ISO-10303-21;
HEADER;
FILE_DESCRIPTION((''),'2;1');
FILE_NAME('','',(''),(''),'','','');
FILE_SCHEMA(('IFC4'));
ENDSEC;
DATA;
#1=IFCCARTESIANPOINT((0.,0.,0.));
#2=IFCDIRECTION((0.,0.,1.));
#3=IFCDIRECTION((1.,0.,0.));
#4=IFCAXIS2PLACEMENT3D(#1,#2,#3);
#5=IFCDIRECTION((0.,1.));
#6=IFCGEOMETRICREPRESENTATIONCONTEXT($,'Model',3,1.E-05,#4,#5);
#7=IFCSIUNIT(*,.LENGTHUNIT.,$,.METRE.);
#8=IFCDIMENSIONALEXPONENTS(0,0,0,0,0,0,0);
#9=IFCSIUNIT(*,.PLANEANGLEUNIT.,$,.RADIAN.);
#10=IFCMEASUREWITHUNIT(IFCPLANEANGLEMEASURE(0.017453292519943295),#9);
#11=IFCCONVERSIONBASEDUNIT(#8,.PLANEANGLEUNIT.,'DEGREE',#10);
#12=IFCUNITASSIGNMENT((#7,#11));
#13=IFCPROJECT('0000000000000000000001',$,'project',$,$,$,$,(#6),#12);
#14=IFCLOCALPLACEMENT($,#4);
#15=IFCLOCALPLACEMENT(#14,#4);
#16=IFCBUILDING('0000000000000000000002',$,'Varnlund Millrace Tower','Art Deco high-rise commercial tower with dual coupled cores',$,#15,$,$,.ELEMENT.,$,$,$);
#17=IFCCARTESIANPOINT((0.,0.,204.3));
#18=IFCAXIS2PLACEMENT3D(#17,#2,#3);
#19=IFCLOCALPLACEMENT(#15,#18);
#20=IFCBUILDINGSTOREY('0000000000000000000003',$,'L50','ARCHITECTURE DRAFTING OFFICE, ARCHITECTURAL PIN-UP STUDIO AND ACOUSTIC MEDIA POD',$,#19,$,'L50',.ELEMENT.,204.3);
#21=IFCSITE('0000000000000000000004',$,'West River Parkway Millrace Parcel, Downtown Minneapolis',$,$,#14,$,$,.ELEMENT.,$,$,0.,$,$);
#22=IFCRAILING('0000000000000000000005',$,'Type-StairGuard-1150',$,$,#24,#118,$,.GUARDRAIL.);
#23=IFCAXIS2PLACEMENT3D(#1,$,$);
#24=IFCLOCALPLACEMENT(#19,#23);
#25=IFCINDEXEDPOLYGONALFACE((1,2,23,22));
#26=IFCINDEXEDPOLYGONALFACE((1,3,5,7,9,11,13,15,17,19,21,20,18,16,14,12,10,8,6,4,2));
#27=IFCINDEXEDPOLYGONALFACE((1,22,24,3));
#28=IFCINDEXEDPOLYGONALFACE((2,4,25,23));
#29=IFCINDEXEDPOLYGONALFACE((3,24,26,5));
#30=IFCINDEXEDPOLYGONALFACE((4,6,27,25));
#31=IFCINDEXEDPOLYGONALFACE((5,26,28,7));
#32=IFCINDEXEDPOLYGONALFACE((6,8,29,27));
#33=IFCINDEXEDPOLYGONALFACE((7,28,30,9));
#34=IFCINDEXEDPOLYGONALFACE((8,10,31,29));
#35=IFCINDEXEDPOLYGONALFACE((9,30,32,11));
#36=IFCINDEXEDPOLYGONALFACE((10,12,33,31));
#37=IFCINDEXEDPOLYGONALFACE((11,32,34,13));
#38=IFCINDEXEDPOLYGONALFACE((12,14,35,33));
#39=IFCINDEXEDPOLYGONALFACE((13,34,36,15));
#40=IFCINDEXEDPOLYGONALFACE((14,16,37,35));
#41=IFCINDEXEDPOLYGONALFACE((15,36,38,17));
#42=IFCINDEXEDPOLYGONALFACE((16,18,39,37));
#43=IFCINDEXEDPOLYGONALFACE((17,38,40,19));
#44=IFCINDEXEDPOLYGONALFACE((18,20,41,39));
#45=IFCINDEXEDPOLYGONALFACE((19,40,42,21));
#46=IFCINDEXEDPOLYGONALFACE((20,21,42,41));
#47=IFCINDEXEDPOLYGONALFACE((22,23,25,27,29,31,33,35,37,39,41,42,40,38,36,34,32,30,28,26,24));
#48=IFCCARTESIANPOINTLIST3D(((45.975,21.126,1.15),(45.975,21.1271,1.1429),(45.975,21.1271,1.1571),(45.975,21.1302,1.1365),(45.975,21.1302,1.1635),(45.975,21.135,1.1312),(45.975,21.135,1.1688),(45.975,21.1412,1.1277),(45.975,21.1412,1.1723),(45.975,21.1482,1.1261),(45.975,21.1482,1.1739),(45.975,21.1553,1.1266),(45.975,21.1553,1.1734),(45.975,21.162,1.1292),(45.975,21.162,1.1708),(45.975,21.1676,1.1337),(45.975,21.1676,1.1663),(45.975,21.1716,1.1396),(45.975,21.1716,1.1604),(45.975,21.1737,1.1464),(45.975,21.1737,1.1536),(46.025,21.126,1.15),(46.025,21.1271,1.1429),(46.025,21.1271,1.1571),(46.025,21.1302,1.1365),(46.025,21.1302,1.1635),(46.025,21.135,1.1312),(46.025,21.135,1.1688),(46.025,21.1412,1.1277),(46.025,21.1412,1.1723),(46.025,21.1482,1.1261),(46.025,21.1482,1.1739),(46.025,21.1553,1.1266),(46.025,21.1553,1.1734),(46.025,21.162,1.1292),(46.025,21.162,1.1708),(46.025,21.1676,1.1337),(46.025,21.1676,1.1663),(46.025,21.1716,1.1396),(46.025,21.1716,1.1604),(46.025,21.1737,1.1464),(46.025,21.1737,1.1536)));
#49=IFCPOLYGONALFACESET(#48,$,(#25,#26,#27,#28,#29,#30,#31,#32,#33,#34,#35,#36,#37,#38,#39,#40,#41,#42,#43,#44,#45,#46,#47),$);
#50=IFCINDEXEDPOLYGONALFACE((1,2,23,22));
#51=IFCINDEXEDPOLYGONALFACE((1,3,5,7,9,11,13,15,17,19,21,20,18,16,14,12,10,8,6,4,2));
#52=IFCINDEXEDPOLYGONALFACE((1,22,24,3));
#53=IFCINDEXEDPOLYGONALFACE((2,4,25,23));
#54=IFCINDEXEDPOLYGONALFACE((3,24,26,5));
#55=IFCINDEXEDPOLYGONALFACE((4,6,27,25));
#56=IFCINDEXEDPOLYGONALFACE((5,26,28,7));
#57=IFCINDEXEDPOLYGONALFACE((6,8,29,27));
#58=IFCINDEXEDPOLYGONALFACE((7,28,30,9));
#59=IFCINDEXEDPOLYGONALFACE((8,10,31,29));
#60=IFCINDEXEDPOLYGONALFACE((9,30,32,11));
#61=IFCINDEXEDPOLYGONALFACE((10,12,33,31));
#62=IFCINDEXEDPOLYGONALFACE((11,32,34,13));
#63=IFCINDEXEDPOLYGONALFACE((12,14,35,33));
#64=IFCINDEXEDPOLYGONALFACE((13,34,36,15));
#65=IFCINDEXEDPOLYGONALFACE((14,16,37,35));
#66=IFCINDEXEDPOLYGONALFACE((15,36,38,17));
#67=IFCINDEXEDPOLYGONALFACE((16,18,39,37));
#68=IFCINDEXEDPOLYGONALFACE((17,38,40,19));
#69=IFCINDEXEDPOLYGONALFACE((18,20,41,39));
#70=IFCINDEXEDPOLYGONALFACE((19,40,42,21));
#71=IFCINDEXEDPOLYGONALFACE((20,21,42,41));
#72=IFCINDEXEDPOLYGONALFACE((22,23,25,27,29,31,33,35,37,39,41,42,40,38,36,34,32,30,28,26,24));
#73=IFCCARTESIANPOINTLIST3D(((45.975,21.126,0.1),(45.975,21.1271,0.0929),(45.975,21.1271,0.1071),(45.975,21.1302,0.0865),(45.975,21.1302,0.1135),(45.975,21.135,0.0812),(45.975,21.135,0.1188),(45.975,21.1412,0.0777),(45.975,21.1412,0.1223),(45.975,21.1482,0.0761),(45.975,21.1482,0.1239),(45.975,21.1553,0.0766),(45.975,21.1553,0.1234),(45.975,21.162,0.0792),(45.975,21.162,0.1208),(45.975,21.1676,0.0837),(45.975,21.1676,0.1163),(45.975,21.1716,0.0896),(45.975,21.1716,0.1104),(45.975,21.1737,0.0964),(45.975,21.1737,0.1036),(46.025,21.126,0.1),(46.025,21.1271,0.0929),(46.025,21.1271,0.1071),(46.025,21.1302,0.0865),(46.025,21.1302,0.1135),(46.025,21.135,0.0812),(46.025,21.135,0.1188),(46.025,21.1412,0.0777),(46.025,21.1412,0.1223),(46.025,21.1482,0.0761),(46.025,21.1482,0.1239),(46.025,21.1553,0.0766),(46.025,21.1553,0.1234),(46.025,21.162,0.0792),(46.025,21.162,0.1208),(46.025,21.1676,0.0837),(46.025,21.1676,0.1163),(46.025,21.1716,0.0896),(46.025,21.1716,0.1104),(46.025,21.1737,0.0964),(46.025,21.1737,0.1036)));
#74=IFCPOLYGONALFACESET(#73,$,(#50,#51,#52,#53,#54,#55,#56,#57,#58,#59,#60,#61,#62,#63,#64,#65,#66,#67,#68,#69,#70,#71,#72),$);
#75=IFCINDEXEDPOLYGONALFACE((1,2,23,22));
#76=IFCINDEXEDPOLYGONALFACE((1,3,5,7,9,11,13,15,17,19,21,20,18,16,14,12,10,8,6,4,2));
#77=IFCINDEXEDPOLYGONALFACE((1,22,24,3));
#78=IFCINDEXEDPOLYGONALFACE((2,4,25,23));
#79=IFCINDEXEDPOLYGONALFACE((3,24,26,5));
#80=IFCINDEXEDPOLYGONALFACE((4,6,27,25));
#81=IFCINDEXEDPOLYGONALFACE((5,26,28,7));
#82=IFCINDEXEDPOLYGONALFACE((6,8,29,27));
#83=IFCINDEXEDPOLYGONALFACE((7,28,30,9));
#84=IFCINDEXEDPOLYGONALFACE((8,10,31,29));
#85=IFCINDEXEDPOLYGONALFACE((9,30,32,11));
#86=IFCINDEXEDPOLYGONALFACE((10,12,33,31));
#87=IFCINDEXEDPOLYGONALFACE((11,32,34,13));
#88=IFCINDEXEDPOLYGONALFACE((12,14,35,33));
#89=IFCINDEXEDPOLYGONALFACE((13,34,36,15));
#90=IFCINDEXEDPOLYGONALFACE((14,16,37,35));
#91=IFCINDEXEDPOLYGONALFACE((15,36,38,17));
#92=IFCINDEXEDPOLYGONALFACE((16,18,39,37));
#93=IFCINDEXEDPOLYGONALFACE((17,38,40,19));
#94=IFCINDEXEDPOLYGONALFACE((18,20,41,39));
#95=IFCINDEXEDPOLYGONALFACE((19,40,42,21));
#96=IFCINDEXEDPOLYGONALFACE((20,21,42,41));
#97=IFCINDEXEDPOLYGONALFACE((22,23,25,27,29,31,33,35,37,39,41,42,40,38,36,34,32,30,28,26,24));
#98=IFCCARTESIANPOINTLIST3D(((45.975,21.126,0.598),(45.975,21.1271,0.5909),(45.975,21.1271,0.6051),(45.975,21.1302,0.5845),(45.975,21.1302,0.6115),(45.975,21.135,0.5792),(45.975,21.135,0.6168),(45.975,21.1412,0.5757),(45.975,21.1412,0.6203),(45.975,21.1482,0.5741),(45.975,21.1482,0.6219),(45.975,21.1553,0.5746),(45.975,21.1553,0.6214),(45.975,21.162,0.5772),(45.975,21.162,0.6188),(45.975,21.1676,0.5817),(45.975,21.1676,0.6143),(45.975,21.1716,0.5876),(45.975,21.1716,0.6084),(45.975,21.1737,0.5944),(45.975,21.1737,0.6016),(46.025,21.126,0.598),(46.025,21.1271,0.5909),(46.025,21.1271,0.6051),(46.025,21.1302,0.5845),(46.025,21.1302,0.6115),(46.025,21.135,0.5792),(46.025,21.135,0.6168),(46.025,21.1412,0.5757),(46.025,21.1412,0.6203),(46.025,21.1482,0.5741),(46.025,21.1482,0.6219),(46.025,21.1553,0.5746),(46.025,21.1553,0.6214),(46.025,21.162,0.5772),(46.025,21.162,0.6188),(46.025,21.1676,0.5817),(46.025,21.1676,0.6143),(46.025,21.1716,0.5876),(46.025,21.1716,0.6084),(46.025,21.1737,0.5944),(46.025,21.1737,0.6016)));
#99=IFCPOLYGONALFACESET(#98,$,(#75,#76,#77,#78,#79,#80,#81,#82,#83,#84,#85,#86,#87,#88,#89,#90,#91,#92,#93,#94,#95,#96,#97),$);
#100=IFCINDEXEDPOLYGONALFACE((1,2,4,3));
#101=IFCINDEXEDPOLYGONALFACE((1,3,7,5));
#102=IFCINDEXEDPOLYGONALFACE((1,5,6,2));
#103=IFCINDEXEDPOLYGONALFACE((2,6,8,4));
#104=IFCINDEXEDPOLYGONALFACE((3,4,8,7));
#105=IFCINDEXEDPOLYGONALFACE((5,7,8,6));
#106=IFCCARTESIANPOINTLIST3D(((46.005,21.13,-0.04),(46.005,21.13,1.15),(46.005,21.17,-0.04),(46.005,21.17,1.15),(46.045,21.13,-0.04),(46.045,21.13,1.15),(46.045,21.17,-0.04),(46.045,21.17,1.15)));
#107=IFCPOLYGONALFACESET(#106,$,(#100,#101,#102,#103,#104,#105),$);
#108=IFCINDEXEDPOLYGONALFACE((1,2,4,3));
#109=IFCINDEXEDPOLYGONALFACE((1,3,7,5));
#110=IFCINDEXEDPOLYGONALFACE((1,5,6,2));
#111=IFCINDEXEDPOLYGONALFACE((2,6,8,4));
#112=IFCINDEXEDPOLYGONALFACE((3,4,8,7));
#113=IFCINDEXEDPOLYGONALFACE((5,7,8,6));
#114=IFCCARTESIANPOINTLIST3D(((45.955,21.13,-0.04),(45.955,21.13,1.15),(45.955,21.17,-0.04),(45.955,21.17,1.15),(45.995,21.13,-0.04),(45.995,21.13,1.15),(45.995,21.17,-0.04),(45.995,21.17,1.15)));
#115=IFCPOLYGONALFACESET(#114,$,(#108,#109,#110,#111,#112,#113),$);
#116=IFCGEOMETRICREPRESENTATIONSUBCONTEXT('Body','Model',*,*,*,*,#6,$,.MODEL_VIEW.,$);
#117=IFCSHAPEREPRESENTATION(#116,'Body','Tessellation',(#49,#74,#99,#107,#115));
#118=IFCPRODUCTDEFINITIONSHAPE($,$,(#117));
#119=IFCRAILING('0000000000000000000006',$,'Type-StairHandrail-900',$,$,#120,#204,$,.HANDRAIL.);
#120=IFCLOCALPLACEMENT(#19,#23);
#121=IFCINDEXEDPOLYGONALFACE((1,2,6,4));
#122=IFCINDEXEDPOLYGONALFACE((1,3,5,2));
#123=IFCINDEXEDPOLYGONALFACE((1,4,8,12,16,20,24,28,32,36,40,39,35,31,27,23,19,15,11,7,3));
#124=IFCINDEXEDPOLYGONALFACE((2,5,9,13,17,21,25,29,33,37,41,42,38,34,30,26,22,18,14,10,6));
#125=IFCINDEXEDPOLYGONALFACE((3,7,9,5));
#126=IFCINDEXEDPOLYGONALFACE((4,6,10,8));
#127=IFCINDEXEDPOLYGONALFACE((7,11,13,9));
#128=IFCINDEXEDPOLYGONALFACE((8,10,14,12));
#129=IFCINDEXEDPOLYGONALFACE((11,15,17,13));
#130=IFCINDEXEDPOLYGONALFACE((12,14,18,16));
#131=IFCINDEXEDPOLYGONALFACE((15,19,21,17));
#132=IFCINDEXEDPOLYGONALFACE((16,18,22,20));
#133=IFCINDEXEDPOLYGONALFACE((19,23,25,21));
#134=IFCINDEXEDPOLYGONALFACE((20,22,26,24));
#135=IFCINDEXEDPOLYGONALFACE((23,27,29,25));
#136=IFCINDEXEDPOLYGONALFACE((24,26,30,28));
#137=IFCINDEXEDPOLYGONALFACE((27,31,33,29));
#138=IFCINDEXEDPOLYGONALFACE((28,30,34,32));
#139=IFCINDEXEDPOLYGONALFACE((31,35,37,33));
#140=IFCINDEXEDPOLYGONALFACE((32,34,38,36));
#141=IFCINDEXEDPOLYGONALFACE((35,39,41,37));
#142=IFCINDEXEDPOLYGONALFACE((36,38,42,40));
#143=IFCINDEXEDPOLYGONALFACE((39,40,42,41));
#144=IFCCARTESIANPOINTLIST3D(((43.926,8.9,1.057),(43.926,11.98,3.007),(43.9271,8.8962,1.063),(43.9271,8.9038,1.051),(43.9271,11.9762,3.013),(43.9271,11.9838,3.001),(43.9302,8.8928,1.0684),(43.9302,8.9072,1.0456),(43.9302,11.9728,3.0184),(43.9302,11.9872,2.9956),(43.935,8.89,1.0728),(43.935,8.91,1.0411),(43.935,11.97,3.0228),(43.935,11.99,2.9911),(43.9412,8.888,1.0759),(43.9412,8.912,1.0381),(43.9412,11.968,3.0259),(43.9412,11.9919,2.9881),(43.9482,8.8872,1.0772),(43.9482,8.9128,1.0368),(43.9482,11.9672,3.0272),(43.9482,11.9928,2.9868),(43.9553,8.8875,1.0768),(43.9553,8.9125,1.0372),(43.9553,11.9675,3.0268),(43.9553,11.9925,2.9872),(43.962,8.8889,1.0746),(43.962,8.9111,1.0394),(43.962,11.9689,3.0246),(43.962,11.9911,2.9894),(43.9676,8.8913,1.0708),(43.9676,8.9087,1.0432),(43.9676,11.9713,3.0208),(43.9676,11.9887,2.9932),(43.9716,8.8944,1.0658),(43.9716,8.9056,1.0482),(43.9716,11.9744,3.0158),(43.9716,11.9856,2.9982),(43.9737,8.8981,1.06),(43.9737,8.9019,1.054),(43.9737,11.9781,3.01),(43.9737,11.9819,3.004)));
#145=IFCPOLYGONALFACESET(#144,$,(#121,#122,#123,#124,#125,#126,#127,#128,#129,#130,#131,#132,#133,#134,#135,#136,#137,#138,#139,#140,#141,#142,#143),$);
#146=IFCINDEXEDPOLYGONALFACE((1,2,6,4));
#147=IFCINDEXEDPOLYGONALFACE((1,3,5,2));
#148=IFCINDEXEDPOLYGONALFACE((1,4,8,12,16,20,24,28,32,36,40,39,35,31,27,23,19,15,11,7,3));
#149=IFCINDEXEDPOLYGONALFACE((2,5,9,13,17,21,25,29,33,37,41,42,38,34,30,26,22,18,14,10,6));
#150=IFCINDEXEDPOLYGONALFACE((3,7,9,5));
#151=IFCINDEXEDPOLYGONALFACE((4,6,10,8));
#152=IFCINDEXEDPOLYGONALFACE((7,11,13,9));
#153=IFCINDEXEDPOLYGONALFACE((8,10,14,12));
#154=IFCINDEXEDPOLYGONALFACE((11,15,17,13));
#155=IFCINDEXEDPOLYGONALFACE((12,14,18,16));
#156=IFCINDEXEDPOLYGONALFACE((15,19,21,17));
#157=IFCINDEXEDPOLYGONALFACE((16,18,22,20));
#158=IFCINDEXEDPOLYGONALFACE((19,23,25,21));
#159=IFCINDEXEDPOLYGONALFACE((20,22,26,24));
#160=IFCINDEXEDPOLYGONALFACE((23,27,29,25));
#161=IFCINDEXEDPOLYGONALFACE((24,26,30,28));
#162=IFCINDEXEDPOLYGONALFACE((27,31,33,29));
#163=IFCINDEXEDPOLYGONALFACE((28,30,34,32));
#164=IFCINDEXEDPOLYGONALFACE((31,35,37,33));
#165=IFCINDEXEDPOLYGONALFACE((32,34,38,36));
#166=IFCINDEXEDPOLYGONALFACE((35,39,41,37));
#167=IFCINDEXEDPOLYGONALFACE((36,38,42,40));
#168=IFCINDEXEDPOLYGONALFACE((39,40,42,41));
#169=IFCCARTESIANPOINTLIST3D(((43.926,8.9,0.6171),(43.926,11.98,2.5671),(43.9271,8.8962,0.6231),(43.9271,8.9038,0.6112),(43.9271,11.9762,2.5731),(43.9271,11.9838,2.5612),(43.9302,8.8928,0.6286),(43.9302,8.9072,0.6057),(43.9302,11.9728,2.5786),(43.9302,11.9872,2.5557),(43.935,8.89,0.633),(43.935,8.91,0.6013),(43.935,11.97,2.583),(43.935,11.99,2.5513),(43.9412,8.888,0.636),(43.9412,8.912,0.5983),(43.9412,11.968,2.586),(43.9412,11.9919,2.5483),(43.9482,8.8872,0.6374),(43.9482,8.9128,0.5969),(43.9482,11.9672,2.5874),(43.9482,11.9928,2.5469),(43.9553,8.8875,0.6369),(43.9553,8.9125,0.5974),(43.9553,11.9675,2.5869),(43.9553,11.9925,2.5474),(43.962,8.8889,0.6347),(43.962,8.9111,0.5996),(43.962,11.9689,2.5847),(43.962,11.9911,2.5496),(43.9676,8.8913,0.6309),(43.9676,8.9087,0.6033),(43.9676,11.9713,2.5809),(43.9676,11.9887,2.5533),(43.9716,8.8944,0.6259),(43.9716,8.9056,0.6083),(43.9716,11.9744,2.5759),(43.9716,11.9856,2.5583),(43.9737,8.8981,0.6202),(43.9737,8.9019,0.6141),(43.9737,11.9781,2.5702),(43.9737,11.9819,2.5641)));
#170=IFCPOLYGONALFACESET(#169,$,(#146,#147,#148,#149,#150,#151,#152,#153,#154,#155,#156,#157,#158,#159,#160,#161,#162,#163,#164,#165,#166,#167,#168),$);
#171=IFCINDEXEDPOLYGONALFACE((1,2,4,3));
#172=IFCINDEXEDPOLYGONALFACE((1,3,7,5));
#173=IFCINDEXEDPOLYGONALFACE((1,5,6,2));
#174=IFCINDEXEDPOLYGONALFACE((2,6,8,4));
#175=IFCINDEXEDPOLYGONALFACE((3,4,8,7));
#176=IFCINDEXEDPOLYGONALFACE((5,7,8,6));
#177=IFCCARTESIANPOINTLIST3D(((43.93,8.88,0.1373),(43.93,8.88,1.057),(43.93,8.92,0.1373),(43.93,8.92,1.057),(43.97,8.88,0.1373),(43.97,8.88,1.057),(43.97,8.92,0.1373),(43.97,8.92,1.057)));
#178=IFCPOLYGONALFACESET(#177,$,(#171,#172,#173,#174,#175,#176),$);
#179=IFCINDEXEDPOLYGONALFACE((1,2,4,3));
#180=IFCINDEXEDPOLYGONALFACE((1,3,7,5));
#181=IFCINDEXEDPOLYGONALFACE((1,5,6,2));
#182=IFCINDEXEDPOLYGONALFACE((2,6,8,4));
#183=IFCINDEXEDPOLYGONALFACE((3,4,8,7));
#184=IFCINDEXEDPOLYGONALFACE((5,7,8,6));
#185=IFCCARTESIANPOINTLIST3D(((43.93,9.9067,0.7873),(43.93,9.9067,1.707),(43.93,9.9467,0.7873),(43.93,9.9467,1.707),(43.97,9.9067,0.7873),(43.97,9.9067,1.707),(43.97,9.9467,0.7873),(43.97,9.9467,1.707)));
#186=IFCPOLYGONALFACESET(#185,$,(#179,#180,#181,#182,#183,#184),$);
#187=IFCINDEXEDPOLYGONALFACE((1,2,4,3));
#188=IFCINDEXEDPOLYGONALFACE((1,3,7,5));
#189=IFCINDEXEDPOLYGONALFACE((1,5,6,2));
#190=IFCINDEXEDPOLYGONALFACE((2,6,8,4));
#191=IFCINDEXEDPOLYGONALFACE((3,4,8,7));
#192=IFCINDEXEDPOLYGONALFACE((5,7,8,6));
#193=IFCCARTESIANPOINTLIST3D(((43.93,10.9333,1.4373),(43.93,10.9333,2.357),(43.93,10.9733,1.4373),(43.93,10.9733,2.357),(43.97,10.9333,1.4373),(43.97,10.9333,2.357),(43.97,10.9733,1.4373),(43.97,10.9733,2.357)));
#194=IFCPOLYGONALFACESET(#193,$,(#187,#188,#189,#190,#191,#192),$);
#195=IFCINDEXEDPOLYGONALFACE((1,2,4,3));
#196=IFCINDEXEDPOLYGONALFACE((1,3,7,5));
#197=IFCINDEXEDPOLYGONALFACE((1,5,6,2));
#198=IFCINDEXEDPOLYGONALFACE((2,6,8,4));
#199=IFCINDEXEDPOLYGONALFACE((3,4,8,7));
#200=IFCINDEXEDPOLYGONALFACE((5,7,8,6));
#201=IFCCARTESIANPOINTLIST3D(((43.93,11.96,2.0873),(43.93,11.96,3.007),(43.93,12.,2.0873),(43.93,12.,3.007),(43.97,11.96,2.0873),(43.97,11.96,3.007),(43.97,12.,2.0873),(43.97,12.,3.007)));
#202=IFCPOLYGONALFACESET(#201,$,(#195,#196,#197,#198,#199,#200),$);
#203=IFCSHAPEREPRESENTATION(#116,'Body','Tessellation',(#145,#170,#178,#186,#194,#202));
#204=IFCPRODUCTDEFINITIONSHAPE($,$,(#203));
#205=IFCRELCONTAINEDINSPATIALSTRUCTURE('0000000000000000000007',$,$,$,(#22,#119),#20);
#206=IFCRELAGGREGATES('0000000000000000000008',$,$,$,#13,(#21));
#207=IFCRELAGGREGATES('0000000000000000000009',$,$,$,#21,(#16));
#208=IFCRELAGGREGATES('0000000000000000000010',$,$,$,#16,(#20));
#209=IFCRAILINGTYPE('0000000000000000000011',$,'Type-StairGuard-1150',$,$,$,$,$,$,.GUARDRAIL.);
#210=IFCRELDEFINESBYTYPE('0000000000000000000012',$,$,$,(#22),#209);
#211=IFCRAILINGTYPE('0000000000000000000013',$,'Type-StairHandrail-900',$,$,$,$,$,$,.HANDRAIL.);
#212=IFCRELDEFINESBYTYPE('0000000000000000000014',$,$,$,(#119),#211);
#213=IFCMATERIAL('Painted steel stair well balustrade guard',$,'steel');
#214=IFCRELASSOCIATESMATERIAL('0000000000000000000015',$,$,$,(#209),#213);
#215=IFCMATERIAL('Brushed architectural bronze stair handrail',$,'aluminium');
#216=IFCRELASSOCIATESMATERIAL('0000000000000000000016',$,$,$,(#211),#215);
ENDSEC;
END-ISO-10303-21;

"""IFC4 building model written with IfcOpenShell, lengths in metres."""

from ifc_helpers import new_model, entity, si_unit, converted_unit, direction, frame, origin_with_axes, origin_2d_with_axis, place, context, subcontext, project, spatial, rectangle, circle, extrude, material, type_object, element, save


model = new_model("IFC4")

# Units and contexts
model_context = context("Model", 3, precision=1e-05, world=origin_with_axes(), true_north=direction((0.0, 1.0)))
body_context = subcontext(model_context, "Body", "Model", "MODEL_VIEW")
ifc_project = project(units=[si_unit("LENGTHUNIT", "METRE"), converted_unit("PLANEANGLEUNIT", "DEGREE", entity("IfcPlaneAngleMeasure", 0.017453292519943295), si_unit("PLANEANGLEUNIT", "RADIAN"), dimensions=[0, 0, 0, 0, 0, 0, 0])], contexts=[model_context])

# Site, building, storey
site_placement = place(None, origin_with_axes())
site = spatial("IfcSite", under=ifc_project, at=site_placement, Name="West River Parkway Millrace Parcel, Downtown Minneapolis", CompositionType="ELEMENT", RefElevation=0.0)
building_placement = place(site_placement, origin_with_axes())
building = spatial("IfcBuilding", under=site, at=building_placement, Name="Varnlund Millrace Tower", Description="Art Deco high-rise commercial tower with dual coupled cores", CompositionType="ELEMENT")
storey_placement = place(building_placement, frame((0.0, 0.0, 204.3), z_axis=(0.0, 0.0, 1.0), x_axis=(1.0, 0.0, 0.0)))
storey = spatial("IfcBuildingStorey", under=building, at=storey_placement, Name="L50", Description="ARCHITECTURE DRAFTING OFFICE, ARCHITECTURAL PIN-UP STUDIO AND ACOUSTIC MEDIA POD", LongName="L50", CompositionType="ELEMENT", Elevation=204.3)

# Railings
ifc_material_1 = material(Name="Painted steel stair well balustrade guard", Category="steel")
railing_type_1 = type_object("IfcRailingType", Name="Type-StairGuard-1150", PredefinedType="GUARDRAIL", material=ifc_material_1)
railing_1_placement = place(storey_placement, frame((0.0, 0.0, -204.3), z_axis=(0.0, 0.0, 1.0), x_axis=(1.0, 0.0, 0.0)))
element("IfcRailing", 1, at=railing_1_placement, inside=storey, type_object=railing_type_1, Name="Type-StairGuard-1150", PredefinedType="GUARDRAIL", context=body_context, shape_type="SweptSolid", body=[
    extrude(circle(Radius=0.024, at=origin_2d_with_axis()), frame((46.025, 21.15, 205.45), z_axis=(-1.0, 0.0, 0.0), x_axis=(0.0, -1.0, 0.0)), (0.0, 0.0, 1.0), 0.05),
    extrude(circle(Radius=0.024, at=origin_2d_with_axis()), frame((46.025, 21.15, 204.4), z_axis=(-1.0, 0.0, 0.0), x_axis=(0.0, -1.0, 0.0)), (0.0, 0.0, 1.0), 0.05),
    extrude(circle(Radius=0.024, at=origin_2d_with_axis()), frame((46.025, 21.15, 204.898), z_axis=(-1.0, 0.0, 0.0), x_axis=(0.0, -1.0, 0.0)), (0.0, 0.0, 1.0), 0.05),
    extrude(rectangle(XDim=0.04, YDim=0.04, at=origin_2d_with_axis()), frame((46.025, 21.15, 204.26), z_axis=(0.0, 0.0, 1.0), x_axis=(1.0, 0.0, 0.0)), (0.0, 0.0, 1.0), 1.19),
    extrude(rectangle(XDim=0.04, YDim=0.04, at=origin_2d_with_axis()), frame((45.975, 21.15, 204.26), z_axis=(0.0, 0.0, 1.0), x_axis=(1.0, 0.0, 0.0)), (0.0, 0.0, 1.0), 1.19),
])
ifc_material_2 = material(Name="Brushed architectural bronze stair handrail", Category="aluminium")
railing_type_2 = type_object("IfcRailingType", Name="Type-StairHandrail-900", PredefinedType="HANDRAIL", material=ifc_material_2)
railing_2_placement = place(storey_placement, frame((0.0, 0.0, -204.3), z_axis=(0.0, 0.0, 1.0), x_axis=(1.0, 0.0, 0.0)))
element("IfcRailing", 2, at=railing_2_placement, inside=storey, type_object=railing_type_2, Name="Type-StairHandrail-900", PredefinedType="HANDRAIL", context=body_context, shape_type="SweptSolid", body=[
    extrude(circle(Radius=0.024, at=origin_2d_with_axis()), frame((43.95, 8.9, 205.357), z_axis=(0.0, 0.844902, 0.534922), x_axis=(-1.0, 0.0, 0.0)), (0.0, 0.0, 1.0), 3.6454),
    extrude(circle(Radius=0.024, at=origin_2d_with_axis()), frame((43.95, 8.9, 204.9171), z_axis=(0.0, 0.844902, 0.534922), x_axis=(-1.0, 0.0, 0.0)), (0.0, 0.0, 1.0), 3.6454),
    extrude(rectangle(XDim=0.04, YDim=0.04, at=origin_2d_with_axis()), frame((43.95, 8.9, 204.4373), z_axis=(0.0, 0.0, 1.0), x_axis=(1.0, 0.0, 0.0)), (0.0, 0.0, 1.0), 0.9197),
    extrude(rectangle(XDim=0.04, YDim=0.04, at=origin_2d_with_axis()), frame((43.95, 9.9267, 205.0873), z_axis=(0.0, 0.0, 1.0), x_axis=(1.0, 0.0, 0.0)), (0.0, 0.0, 1.0), 0.9197),
    extrude(rectangle(XDim=0.04, YDim=0.04, at=origin_2d_with_axis()), frame((43.95, 10.9533, 205.7373), z_axis=(0.0, 0.0, 1.0), x_axis=(1.0, 0.0, 0.0)), (0.0, 0.0, 1.0), 0.9197),
    extrude(rectangle(XDim=0.04, YDim=0.04, at=origin_2d_with_axis()), frame((43.95, 11.98, 206.3873), z_axis=(0.0, 0.0, 1.0), x_axis=(1.0, 0.0, 0.0)), (0.0, 0.0, 1.0), 0.9197),
])

save(model, "model.ifc")
